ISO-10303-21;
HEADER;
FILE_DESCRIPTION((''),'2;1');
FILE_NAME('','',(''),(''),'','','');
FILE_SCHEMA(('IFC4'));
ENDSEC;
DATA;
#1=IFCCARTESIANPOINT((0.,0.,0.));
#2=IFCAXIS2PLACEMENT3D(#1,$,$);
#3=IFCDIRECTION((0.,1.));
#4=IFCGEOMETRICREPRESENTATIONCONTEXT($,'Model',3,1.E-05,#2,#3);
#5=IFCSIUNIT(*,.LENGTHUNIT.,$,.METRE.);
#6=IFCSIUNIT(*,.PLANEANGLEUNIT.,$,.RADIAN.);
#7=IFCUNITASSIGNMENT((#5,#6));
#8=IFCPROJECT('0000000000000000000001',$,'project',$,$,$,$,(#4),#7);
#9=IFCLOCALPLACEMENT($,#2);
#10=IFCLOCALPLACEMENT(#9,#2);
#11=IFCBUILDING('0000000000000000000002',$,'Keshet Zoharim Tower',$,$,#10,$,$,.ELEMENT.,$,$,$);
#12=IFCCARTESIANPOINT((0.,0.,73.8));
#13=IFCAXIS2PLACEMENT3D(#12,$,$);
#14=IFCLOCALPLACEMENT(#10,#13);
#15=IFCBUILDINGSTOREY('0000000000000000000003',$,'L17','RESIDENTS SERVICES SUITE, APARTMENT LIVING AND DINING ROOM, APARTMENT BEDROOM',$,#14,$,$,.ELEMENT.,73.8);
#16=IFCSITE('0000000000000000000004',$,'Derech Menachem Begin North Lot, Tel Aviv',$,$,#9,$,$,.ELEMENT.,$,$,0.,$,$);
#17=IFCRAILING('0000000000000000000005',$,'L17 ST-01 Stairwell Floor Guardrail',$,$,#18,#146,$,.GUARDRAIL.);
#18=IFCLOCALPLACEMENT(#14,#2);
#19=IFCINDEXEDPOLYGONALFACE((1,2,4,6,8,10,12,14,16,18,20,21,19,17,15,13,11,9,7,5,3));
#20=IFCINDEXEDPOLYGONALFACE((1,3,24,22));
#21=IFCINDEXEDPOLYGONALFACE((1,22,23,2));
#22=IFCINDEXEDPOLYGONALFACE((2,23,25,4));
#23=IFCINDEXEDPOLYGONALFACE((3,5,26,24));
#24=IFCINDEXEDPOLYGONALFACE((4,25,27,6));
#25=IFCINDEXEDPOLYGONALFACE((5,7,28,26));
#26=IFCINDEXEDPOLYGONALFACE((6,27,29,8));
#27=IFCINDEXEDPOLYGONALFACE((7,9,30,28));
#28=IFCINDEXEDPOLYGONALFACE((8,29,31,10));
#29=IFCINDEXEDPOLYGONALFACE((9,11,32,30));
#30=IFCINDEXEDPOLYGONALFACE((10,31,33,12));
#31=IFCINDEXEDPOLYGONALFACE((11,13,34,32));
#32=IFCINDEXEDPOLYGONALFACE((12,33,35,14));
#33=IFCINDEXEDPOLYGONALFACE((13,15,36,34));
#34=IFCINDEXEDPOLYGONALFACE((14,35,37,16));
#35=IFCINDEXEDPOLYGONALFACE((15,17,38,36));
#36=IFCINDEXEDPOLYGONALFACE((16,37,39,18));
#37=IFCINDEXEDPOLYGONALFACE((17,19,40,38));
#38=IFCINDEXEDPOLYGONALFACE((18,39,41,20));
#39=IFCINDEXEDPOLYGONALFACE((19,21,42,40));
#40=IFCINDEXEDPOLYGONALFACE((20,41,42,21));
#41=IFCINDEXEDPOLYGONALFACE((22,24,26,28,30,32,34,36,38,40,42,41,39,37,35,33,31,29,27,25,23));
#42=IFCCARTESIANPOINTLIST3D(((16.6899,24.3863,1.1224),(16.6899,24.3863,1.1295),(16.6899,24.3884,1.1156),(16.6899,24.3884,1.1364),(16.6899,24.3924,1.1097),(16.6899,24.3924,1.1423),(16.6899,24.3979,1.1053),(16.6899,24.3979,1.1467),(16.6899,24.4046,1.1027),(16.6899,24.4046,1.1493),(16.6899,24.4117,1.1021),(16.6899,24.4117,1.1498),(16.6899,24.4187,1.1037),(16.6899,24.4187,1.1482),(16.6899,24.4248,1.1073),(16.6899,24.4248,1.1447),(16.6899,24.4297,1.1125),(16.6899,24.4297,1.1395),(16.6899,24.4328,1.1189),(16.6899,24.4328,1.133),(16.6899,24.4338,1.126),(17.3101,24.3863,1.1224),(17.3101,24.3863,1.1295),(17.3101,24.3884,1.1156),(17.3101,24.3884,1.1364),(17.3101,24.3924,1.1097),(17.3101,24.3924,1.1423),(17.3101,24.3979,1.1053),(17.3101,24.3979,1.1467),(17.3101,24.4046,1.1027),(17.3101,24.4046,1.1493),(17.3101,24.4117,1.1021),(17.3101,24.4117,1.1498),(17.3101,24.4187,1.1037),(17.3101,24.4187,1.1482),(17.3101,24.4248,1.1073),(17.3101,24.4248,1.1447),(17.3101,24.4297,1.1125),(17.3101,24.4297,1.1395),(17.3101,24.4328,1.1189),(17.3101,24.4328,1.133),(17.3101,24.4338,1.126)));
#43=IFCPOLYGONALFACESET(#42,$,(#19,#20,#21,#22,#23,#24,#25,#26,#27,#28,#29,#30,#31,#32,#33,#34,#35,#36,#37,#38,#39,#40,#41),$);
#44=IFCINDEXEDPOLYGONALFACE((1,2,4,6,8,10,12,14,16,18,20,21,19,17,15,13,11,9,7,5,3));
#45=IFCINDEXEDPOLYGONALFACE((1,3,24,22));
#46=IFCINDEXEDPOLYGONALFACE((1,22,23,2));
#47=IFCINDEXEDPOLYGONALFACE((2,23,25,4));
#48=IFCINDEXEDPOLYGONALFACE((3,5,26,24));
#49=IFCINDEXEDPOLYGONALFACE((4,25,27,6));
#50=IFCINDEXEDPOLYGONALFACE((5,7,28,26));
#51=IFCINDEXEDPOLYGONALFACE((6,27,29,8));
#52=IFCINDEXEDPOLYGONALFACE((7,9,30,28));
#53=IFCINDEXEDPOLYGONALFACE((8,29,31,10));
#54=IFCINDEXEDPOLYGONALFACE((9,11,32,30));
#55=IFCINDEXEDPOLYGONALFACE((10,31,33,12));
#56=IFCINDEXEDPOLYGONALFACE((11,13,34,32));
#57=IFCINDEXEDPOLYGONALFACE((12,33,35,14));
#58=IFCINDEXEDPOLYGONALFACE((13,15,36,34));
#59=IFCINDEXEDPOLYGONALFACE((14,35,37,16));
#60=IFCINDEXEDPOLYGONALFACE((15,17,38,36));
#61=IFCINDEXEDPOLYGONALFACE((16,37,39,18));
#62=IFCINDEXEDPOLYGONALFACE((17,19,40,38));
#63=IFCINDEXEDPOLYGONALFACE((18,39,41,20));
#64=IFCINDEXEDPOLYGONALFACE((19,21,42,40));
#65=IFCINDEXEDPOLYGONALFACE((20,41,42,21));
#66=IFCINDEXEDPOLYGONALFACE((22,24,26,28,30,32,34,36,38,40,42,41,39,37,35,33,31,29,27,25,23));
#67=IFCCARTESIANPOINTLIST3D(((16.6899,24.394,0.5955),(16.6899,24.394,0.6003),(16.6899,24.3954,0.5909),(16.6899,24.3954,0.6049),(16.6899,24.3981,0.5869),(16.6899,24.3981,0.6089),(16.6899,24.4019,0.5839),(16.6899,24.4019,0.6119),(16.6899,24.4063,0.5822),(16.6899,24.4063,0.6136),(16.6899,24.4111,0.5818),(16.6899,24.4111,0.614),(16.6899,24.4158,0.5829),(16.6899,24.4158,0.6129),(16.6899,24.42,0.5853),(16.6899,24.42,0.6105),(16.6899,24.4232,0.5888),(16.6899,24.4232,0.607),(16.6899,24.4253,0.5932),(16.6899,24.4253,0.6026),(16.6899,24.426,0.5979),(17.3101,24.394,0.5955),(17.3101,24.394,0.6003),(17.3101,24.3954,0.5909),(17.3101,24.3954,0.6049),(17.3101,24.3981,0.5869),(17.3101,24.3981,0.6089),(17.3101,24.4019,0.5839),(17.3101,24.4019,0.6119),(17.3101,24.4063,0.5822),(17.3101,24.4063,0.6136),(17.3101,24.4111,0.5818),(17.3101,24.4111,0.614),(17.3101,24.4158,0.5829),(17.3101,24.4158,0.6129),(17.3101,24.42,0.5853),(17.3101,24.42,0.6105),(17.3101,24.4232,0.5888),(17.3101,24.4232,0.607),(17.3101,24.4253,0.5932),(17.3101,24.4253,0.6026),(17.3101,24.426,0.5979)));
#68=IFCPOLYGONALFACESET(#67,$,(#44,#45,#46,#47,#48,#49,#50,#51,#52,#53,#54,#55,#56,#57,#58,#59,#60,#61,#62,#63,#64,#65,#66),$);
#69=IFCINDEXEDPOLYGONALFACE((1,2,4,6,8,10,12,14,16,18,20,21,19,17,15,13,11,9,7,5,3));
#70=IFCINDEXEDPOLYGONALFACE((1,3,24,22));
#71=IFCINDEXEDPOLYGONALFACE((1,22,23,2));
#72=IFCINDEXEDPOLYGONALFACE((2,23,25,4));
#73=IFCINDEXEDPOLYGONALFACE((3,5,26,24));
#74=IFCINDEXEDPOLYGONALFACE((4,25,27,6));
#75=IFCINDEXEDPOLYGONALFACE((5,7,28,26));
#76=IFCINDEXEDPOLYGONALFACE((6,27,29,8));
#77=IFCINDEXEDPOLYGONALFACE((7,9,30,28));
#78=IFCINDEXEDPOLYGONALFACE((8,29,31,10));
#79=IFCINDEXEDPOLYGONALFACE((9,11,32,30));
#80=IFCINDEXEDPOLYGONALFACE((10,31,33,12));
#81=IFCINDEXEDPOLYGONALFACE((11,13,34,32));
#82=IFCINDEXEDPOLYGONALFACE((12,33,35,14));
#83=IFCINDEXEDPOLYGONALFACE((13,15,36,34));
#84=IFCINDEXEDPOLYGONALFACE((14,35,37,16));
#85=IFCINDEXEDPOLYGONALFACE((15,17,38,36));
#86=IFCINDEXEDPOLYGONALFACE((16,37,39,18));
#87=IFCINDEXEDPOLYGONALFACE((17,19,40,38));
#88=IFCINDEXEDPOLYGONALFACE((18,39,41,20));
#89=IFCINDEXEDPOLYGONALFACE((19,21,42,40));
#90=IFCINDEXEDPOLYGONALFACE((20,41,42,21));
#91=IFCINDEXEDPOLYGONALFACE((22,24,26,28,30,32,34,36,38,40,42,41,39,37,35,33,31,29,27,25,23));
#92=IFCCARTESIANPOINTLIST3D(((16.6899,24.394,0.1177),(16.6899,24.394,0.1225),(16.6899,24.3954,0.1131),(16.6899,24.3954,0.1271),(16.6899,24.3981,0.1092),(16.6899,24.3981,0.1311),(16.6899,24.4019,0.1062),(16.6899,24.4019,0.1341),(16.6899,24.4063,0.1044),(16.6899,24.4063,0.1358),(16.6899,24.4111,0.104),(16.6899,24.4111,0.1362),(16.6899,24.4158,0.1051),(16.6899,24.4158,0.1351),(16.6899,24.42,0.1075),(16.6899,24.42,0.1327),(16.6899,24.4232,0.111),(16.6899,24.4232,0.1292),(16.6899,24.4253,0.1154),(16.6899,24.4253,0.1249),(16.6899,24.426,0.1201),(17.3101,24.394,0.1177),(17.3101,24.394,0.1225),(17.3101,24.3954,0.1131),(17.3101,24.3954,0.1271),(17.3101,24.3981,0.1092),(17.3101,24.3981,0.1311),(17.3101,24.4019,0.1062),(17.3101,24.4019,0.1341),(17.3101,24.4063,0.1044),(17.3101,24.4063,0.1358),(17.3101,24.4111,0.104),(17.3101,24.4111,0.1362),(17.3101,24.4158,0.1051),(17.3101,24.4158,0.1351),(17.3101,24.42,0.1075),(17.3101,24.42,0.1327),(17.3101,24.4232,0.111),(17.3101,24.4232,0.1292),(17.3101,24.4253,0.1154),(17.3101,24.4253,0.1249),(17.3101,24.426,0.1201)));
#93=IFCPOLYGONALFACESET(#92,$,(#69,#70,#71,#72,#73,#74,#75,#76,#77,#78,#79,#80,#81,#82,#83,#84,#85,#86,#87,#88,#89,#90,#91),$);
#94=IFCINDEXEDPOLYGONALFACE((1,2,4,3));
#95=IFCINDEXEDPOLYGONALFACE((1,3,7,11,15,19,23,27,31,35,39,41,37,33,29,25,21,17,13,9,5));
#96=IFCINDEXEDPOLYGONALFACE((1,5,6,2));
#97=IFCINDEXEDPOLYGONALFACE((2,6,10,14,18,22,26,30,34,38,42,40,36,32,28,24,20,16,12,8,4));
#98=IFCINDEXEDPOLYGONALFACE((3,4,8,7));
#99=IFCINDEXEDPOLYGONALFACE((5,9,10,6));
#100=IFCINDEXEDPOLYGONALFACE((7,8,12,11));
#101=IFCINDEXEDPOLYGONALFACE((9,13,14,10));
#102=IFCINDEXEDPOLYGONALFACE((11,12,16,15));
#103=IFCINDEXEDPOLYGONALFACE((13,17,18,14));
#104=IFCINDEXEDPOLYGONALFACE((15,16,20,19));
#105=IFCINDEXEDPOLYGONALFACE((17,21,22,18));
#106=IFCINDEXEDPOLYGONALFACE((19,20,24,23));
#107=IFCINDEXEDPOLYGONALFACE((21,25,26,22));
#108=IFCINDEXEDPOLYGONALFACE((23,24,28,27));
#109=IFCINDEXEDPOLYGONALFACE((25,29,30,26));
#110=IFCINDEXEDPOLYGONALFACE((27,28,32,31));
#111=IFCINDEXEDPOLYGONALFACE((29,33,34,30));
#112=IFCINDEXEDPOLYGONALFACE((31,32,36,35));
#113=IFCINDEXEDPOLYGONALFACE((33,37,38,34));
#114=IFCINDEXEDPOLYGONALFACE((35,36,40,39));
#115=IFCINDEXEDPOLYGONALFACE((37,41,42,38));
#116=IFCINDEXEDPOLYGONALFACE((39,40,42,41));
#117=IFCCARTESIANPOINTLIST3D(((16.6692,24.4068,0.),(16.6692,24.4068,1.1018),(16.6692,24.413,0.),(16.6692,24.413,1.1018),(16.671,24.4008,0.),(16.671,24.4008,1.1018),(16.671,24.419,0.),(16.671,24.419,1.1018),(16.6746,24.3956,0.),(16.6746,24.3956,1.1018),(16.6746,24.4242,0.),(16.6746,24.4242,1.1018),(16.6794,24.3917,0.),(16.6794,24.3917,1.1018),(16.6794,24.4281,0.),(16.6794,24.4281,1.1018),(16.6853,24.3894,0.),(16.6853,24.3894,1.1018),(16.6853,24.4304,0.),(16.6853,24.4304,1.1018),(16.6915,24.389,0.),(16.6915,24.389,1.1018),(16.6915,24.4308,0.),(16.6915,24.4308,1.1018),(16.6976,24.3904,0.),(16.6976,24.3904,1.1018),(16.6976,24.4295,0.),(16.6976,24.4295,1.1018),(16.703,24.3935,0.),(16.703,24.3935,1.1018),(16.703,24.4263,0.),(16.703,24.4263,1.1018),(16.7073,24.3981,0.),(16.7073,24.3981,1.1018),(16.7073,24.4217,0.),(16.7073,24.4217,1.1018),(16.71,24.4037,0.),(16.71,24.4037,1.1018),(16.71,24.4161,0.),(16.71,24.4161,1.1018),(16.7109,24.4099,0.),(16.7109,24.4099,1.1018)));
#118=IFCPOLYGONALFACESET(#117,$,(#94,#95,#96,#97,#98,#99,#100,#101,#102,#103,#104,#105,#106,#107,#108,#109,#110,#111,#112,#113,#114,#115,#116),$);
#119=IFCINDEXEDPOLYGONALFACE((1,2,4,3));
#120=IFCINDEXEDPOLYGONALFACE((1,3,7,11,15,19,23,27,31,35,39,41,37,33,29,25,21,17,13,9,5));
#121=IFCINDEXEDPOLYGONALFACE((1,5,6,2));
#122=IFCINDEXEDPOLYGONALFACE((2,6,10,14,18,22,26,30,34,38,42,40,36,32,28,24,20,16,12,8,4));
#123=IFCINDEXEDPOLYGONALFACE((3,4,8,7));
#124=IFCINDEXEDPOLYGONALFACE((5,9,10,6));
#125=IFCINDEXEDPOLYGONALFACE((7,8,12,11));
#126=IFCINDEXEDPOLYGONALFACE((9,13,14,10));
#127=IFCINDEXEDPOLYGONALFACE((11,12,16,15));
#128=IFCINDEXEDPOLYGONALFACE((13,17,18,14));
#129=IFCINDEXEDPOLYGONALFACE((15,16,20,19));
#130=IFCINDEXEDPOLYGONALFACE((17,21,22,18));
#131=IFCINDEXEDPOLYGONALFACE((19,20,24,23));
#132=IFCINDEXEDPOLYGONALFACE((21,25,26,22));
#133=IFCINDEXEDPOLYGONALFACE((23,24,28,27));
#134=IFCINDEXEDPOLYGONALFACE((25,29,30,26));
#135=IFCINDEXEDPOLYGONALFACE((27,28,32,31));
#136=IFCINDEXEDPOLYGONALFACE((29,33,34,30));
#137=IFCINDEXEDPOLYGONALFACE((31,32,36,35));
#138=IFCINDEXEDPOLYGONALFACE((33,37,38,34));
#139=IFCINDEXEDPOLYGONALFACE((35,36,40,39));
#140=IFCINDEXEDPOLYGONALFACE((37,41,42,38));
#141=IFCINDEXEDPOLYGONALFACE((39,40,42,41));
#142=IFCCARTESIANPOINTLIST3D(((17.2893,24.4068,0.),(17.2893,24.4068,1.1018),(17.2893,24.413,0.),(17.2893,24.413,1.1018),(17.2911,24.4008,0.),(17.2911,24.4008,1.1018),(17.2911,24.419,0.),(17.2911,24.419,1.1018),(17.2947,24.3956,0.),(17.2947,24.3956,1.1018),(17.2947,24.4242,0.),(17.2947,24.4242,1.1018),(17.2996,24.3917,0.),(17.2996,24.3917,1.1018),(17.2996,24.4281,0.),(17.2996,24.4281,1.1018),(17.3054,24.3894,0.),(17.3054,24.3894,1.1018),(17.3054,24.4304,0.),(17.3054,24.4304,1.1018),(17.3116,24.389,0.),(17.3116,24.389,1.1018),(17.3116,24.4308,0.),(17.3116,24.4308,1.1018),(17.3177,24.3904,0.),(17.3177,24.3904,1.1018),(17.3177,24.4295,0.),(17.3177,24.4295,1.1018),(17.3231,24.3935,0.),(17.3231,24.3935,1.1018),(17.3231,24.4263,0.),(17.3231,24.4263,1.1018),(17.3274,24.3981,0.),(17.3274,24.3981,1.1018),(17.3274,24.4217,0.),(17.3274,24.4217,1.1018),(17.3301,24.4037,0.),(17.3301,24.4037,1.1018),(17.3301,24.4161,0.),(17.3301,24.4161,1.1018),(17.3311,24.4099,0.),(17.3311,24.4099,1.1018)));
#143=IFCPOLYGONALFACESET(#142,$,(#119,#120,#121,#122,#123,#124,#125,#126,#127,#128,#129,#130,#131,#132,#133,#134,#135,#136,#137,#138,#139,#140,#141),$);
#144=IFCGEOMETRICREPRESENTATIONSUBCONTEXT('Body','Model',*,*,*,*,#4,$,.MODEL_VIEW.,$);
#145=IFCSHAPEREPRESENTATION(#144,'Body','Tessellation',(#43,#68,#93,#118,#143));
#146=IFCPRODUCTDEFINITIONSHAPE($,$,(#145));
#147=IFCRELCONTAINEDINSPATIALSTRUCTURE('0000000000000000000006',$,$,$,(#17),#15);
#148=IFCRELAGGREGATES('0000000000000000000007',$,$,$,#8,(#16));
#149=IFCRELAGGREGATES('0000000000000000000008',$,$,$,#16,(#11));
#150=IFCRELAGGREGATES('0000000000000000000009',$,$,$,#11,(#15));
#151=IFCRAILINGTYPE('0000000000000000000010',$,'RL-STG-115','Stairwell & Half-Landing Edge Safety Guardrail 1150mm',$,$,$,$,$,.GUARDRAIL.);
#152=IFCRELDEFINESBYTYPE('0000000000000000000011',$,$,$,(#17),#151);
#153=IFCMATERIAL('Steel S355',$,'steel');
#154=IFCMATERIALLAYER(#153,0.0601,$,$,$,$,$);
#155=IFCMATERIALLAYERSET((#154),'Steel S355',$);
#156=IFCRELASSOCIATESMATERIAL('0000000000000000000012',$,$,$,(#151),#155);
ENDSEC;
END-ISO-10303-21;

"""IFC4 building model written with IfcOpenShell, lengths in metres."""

from ifc_helpers import new_model, si_unit, direction, frame, origin, origin_2d, place, context, subcontext, project, spatial, circle, extrude, material, layer, layer_set, type_object, element, save


model = new_model("IFC4")

# Units and contexts
model_context = context("Model", 3, precision=1e-05, world=origin(), true_north=direction((0.0, 1.0)))
body_context = subcontext(model_context, "Body", "Model", "MODEL_VIEW")
ifc_project = project(units=[si_unit("LENGTHUNIT", "METRE"), si_unit("PLANEANGLEUNIT", "RADIAN")], contexts=[model_context])

# Site, building, storey
site_placement = place(None, origin())
site = spatial("IfcSite", under=ifc_project, at=site_placement, Name="Derech Menachem Begin North Lot, Tel Aviv", CompositionType="ELEMENT", RefElevation=0.0)
building_placement = place(site_placement, origin())
building = spatial("IfcBuilding", under=site, at=building_placement, Name="Keshet Zoharim Tower", CompositionType="ELEMENT")
storey_placement = place(building_placement, frame((0.0, 0.0, 73.8)))
storey = spatial("IfcBuildingStorey", under=building, at=storey_placement, Name="L17", Description="RESIDENTS SERVICES SUITE, APARTMENT LIVING AND DINING ROOM, APARTMENT BEDROOM", CompositionType="ELEMENT", Elevation=73.8)

# Railing
ifc_material_1 = material(Name="Steel S355", Category="steel")
ifc_layer_1 = layer(ifc_material_1, 0.0601)
ifc_layer_set_1 = layer_set([ifc_layer_1], Name="Steel S355")
railing_type_1 = type_object("IfcRailingType", Name="RL-STG-115", Description="Stairwell & Half-Landing Edge Safety Guardrail 1150mm", PredefinedType="GUARDRAIL", material=ifc_layer_set_1)
railing_1_placement = place(storey_placement, frame((16.6899, 24.4099, 0.0)))
element("IfcRailing", 1, at=railing_1_placement, inside=storey, type_object=railing_type_1, Name="L17 ST-01 Stairwell Floor Guardrail", PredefinedType="GUARDRAIL", context=body_context, shape_type="SweptSolid", body=[
    extrude(circle(Radius=0.0239, at=origin_2d()), frame((0.0, 0.0, 1.126), z_axis=(1.0, 0.0, 0.0), x_axis=(0.0, 1.0, 0.0)), (0.0, 0.0, 1.0), 0.6201),
    extrude(circle(Radius=0.0161, at=origin_2d()), frame((0.0, 0.0, 0.5979), z_axis=(1.0, 0.0, 0.0), x_axis=(0.0, 1.0, 0.0)), (0.0, 0.0, 1.0), 0.6201),
    extrude(circle(Radius=0.0161, at=origin_2d()), frame((0.0, 0.0, 0.1201), z_axis=(1.0, 0.0, 0.0), x_axis=(0.0, 1.0, 0.0)), (0.0, 0.0, 1.0), 0.6201),
    extrude(circle(Radius=0.021, at=origin_2d()), origin(), (0.0, 0.0, 1.0), 1.1018),
    extrude(circle(Radius=0.021, at=origin_2d()), frame((0.6201, 0.0, 0.0)), (0.0, 0.0, 1.0), 1.1018),
])

save(model, "model.ifc")
